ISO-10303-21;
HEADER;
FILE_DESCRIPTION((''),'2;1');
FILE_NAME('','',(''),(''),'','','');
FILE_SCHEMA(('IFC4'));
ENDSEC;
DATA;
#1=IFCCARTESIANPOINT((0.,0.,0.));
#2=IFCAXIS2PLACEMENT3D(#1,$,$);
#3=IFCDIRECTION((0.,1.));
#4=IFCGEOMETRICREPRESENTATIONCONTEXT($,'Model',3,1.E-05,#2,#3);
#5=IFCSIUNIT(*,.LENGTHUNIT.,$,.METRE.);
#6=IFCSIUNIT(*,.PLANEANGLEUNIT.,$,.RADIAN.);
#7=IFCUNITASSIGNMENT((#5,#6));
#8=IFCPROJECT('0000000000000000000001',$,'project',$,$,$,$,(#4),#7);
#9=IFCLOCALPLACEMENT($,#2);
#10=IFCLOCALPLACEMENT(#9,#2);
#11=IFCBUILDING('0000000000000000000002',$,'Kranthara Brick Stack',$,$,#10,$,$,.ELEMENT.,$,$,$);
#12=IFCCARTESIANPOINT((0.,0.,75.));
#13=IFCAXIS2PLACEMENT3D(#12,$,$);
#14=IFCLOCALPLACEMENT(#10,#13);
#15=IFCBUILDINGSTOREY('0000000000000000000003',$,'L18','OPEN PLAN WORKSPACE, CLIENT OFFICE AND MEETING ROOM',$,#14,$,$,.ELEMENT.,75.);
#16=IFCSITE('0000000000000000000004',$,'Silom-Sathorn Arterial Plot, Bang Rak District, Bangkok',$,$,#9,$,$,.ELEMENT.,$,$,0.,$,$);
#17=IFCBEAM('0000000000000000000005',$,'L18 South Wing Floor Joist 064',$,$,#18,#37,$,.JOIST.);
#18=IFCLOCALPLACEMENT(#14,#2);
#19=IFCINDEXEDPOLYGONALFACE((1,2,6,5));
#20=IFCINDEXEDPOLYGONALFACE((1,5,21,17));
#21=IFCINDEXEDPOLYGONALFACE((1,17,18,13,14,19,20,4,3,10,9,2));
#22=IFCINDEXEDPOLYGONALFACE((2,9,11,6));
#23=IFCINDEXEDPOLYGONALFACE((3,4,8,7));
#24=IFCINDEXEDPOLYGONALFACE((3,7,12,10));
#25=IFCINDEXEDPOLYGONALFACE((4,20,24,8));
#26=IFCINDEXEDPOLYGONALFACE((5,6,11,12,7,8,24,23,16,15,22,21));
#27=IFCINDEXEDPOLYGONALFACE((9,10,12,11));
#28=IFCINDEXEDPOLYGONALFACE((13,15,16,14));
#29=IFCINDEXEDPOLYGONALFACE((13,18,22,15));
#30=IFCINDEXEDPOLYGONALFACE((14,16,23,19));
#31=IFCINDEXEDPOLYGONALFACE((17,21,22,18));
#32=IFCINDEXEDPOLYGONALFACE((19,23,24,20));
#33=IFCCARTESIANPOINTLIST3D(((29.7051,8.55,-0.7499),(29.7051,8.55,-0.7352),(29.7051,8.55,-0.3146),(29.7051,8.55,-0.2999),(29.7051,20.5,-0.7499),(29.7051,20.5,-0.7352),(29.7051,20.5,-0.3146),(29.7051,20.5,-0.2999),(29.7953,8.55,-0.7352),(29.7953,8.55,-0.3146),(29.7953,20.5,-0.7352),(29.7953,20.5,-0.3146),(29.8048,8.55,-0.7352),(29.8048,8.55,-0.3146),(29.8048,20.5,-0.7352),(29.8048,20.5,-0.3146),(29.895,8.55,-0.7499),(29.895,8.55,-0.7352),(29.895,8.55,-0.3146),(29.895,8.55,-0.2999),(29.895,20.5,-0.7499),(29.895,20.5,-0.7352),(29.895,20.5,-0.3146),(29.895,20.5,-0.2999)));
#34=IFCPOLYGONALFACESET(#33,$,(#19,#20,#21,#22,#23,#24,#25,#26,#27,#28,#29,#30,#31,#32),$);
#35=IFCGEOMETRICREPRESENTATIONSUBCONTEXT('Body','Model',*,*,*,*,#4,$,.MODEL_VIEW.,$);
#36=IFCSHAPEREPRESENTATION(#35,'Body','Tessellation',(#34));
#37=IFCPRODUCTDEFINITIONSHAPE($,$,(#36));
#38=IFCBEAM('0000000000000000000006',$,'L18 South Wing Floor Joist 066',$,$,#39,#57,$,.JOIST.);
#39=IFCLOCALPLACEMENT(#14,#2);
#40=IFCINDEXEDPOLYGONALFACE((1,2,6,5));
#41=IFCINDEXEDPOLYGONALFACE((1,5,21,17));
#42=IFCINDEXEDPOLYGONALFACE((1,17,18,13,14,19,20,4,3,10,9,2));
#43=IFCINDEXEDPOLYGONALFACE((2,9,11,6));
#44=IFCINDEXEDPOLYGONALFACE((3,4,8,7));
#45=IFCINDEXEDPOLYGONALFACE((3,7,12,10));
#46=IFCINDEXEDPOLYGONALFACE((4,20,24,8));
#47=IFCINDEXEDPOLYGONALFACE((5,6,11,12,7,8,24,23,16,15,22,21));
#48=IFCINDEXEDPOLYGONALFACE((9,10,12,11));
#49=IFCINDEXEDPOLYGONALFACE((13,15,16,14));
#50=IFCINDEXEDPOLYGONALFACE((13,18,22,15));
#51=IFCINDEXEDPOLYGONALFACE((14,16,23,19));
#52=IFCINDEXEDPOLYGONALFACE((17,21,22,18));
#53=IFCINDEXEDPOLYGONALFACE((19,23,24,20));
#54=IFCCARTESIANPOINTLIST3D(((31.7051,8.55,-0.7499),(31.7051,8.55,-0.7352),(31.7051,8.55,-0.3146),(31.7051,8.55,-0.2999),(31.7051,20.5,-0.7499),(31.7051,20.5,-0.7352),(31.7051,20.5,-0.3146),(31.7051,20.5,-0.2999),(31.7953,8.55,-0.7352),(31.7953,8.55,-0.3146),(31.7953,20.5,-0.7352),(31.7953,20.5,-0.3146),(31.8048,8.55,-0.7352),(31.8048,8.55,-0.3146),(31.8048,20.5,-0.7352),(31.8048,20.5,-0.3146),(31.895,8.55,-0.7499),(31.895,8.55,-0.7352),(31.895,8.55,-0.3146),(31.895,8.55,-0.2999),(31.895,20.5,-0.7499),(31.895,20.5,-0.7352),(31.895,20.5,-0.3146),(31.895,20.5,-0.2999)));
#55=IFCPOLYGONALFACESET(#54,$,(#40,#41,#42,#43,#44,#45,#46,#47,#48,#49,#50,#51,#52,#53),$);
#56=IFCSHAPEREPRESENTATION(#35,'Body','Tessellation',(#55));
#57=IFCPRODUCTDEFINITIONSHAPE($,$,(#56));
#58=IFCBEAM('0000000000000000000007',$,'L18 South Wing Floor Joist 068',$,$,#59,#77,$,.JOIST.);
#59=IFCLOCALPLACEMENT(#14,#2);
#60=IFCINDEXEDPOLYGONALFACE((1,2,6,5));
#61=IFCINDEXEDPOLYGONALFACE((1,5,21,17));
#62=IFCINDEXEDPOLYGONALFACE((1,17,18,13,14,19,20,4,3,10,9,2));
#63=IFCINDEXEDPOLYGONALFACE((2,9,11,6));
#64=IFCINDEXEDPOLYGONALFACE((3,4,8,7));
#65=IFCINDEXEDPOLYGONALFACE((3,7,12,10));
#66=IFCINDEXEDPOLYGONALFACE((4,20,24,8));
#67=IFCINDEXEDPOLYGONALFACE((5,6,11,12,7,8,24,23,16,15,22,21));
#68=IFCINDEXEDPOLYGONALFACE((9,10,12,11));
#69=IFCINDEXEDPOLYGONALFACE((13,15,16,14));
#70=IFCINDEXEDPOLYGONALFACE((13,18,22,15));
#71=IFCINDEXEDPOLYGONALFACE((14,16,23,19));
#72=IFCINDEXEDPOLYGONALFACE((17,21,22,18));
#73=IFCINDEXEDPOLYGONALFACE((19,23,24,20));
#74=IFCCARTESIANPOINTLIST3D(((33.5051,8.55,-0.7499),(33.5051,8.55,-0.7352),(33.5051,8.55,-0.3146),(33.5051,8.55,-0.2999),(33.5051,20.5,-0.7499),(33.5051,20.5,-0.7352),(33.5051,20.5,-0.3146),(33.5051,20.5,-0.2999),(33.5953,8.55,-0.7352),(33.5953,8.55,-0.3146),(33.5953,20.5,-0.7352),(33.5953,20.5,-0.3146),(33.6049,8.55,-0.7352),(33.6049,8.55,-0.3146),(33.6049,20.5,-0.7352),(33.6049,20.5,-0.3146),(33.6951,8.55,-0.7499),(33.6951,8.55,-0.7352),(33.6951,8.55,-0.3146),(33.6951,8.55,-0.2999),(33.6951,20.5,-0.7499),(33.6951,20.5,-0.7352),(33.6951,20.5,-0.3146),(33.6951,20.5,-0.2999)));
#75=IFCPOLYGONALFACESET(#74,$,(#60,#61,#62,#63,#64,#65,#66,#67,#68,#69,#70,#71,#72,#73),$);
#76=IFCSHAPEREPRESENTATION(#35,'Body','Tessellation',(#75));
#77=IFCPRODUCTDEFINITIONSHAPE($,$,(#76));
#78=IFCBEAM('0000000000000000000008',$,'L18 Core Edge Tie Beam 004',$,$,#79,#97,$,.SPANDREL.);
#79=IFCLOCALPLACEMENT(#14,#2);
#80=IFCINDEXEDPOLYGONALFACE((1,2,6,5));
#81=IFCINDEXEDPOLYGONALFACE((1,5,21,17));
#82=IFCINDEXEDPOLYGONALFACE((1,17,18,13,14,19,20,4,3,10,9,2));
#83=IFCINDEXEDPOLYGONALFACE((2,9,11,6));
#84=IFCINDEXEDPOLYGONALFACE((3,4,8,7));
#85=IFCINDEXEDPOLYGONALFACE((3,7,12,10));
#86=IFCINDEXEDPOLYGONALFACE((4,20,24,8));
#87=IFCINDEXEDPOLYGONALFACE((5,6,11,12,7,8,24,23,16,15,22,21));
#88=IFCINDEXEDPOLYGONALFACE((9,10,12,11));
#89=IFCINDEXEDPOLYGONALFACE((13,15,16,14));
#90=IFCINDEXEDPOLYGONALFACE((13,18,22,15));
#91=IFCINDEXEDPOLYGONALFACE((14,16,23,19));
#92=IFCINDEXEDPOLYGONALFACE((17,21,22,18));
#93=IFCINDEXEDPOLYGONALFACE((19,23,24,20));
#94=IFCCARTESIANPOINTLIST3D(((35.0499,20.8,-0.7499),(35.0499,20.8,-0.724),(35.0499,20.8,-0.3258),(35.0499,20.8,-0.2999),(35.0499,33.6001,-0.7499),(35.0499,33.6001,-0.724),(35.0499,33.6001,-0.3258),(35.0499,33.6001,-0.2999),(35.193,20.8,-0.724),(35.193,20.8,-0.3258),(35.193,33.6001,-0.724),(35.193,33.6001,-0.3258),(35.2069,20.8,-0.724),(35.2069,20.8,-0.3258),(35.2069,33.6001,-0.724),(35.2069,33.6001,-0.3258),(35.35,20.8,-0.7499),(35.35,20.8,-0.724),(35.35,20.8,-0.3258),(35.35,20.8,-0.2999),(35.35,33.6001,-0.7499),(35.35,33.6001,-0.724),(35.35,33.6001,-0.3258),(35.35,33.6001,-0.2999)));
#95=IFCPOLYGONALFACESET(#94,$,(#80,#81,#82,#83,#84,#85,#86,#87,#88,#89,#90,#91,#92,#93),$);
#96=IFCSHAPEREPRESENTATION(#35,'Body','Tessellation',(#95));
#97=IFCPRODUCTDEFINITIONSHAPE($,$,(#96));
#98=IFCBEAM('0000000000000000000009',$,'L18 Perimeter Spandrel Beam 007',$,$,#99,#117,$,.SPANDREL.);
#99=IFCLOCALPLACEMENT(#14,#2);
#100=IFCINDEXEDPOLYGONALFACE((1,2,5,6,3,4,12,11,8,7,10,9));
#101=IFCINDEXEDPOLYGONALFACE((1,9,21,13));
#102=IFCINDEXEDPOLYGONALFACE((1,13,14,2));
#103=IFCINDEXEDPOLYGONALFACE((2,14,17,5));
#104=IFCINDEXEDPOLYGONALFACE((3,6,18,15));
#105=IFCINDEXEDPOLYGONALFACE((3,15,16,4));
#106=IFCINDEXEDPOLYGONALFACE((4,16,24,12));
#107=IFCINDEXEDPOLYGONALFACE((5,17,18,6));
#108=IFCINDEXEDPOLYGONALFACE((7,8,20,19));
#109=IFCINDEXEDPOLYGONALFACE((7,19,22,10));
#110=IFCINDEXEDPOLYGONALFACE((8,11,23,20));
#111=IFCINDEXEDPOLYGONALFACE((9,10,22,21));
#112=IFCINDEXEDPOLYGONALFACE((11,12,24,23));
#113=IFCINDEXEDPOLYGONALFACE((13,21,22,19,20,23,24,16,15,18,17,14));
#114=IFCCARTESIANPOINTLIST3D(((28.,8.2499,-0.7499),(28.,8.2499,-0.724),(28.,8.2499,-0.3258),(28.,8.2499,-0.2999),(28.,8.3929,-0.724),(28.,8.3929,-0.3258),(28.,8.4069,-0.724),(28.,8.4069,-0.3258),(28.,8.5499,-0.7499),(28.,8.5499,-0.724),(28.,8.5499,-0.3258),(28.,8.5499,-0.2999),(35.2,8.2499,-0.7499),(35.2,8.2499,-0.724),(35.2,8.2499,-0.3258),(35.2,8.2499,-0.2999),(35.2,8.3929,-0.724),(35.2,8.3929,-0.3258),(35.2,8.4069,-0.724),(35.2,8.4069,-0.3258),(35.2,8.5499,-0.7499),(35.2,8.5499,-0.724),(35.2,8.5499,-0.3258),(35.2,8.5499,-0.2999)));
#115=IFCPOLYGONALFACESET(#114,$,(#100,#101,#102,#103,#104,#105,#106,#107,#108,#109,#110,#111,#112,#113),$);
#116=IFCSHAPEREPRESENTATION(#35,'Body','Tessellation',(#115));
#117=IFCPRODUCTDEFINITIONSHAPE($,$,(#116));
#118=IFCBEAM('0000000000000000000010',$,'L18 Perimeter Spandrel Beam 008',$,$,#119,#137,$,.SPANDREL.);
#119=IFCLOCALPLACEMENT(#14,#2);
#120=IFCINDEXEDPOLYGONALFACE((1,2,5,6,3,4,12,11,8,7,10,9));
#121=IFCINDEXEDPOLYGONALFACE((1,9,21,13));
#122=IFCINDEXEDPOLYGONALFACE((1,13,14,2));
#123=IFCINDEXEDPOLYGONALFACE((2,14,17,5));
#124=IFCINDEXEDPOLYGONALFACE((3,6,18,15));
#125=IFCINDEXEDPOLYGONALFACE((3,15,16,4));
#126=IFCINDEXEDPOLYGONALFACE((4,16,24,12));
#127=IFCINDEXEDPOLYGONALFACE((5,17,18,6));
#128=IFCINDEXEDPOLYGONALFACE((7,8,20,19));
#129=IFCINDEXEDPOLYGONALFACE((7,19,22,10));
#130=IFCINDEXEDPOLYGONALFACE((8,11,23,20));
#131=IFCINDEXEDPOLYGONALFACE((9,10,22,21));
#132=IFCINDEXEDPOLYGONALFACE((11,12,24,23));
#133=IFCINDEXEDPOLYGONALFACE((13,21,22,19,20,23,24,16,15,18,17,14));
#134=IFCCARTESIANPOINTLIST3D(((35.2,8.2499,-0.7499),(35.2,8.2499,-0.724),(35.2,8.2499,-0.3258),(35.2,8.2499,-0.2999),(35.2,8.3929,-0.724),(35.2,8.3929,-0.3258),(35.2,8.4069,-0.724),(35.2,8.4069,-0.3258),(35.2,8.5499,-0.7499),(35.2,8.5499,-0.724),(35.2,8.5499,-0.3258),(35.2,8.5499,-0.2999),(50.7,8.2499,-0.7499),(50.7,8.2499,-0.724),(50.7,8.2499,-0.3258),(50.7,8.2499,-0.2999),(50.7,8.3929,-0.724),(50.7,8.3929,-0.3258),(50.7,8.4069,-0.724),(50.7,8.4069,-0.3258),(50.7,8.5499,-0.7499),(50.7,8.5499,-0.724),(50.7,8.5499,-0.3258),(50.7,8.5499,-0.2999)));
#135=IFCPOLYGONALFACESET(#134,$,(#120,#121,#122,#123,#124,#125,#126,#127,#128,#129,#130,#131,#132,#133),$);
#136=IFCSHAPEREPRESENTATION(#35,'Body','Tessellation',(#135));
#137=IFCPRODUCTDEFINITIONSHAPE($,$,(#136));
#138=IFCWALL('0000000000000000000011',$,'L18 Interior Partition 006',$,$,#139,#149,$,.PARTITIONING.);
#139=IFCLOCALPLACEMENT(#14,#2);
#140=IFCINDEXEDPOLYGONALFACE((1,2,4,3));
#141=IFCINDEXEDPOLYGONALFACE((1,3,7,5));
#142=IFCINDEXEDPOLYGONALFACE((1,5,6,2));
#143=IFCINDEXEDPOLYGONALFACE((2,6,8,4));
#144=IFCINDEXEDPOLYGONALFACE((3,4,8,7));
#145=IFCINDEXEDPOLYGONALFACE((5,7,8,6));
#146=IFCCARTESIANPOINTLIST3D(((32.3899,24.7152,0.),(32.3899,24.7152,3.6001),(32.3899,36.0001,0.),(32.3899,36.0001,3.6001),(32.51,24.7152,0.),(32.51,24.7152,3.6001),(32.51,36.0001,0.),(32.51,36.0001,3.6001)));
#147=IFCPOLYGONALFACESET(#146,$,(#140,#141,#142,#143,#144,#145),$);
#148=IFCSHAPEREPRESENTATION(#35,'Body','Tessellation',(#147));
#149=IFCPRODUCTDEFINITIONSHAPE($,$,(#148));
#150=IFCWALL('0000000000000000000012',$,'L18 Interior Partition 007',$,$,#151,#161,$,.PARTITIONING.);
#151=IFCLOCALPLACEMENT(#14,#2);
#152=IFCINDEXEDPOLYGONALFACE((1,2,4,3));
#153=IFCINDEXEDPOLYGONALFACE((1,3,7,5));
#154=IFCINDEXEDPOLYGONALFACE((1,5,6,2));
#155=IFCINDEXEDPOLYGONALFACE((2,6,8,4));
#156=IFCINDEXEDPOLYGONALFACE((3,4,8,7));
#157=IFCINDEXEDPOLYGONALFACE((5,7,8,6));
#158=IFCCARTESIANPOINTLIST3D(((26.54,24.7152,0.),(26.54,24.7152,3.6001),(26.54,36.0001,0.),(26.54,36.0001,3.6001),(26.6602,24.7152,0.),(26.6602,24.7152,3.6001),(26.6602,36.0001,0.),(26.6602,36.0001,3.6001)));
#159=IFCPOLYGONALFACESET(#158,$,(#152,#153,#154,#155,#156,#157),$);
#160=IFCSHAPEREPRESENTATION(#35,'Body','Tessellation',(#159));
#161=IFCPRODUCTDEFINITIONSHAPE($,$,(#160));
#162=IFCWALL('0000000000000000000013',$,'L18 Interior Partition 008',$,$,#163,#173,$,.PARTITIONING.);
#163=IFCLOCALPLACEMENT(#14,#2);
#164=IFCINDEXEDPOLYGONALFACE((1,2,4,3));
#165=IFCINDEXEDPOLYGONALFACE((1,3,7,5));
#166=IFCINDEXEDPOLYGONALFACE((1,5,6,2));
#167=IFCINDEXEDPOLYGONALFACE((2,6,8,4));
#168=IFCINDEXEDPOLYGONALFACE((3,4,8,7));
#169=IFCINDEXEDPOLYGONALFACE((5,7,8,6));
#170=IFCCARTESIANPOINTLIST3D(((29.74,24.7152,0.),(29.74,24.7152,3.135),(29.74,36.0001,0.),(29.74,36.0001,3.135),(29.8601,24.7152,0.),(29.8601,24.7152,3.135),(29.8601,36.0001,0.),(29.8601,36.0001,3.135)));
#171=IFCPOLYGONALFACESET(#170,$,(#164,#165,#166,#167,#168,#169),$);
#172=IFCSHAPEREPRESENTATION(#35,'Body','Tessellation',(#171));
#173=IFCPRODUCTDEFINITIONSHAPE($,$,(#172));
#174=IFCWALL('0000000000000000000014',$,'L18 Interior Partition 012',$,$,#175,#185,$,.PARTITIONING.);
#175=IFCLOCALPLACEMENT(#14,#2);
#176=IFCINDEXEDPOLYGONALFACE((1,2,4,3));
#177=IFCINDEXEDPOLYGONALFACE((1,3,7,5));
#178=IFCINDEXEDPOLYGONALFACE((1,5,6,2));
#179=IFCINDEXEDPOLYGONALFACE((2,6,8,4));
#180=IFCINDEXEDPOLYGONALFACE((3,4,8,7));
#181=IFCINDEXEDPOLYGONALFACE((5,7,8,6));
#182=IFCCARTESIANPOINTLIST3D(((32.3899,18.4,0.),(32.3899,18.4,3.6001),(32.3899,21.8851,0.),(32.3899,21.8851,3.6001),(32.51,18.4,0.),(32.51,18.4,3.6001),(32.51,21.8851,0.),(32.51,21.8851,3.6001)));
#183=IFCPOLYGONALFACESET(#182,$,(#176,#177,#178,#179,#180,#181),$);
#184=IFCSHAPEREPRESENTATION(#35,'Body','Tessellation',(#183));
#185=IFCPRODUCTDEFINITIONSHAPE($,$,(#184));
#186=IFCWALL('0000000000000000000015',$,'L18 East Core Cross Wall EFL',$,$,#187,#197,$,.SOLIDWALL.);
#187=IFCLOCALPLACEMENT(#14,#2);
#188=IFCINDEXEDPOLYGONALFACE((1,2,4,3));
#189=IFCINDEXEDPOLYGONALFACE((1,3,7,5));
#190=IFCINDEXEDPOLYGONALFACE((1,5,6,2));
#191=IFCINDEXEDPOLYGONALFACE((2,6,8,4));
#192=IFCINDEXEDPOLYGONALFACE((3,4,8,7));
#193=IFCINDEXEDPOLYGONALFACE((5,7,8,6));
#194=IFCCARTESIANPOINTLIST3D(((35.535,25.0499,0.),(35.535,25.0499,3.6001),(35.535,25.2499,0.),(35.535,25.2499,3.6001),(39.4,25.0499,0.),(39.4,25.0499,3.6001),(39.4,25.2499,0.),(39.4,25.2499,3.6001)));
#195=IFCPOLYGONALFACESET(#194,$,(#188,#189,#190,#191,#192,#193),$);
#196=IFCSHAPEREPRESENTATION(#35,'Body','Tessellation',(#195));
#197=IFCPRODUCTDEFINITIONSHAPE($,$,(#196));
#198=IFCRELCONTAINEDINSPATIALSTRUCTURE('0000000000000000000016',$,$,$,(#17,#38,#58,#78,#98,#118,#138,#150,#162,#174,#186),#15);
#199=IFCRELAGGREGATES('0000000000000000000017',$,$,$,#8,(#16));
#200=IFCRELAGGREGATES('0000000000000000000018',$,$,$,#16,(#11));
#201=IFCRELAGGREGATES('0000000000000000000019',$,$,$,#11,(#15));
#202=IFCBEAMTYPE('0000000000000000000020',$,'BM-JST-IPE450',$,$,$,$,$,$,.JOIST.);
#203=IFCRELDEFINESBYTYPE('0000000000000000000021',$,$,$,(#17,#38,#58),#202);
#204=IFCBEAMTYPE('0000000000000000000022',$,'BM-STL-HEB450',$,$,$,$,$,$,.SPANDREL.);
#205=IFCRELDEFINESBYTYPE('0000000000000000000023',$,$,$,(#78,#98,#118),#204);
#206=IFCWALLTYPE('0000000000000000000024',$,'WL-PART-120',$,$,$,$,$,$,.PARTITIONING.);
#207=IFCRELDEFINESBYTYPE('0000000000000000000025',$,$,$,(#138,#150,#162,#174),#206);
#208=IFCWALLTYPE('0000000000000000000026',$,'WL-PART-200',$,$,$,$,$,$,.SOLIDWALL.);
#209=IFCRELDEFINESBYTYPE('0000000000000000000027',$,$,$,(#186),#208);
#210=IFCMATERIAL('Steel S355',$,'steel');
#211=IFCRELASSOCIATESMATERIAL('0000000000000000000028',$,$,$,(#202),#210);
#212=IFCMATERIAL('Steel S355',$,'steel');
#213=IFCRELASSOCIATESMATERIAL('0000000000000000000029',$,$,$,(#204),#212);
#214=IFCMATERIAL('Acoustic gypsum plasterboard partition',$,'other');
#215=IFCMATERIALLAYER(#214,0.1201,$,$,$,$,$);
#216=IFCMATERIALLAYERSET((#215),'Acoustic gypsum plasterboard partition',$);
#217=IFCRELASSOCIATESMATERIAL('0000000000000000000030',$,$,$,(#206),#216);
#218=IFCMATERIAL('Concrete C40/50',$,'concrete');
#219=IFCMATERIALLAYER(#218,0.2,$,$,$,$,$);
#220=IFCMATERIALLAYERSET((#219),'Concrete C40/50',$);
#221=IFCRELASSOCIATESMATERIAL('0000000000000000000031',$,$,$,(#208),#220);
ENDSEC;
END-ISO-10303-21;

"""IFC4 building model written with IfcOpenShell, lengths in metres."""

from ifc_helpers import new_model, si_unit, direction, frame, frame_2d, origin, origin_2d, place, context, subcontext, project, spatial, rectangle, i_section, extrude, material, layer, layer_set, material_profile, profile_set, type_object, element, save


model = new_model("IFC4")

# Units and contexts
model_context = context("Model", 3, precision=1e-05, world=origin(), true_north=direction((0.0, 1.0)))
body_context = subcontext(model_context, "Body", "Model", "MODEL_VIEW")
ifc_project = project(units=[si_unit("LENGTHUNIT", "METRE"), si_unit("PLANEANGLEUNIT", "RADIAN")], contexts=[model_context])

# Site, building, storey
site_placement = place(None, origin())
site = spatial("IfcSite", under=ifc_project, at=site_placement, Name="Silom-Sathorn Arterial Plot, Bang Rak District, Bangkok", CompositionType="ELEMENT", RefElevation=0.0)
building_placement = place(site_placement, origin())
building = spatial("IfcBuilding", under=site, at=building_placement, Name="Kranthara Brick Stack", CompositionType="ELEMENT")
storey_placement = place(building_placement, frame((0.0, 0.0, 75.0)))
storey = spatial("IfcBuildingStorey", under=building, at=storey_placement, Name="L18", Description="OPEN PLAN WORKSPACE, CLIENT OFFICE AND MEETING ROOM", CompositionType="ELEMENT", Elevation=75.0)

# Beams
ifc_material_1 = material(Name="Steel S355", Category="steel")
ifc_material_profile_1 = material_profile(ifc_material_1, i_section(OverallWidth=0.1899, OverallDepth=0.45, WebThickness=0.0095, FlangeThickness=0.0146, at=origin_2d()), Name="IPE 450")
ifc_profile_set_1 = profile_set([ifc_material_profile_1], Name="Steel S355")
beam_type_1 = type_object("IfcBeamType", Name="BM-JST-IPE450", PredefinedType="JOIST", material=ifc_profile_set_1)
for number, where, z_axis, x_axis, name in (
    (1, (29.8, 8.55, -0.5249), (0.0, 1.0, 0.0), (-1.0, 0.0, 0.0), "L18 South Wing Floor Joist 064"),
    (2, (31.8, 8.55, -0.5249), (0.0, 1.0, 0.0), (-1.0, 0.0, 0.0), "L18 South Wing Floor Joist 066"),
    (3, (33.6001, 8.55, -0.5249), (0.0, 1.0, 0.0), (-1.0, 0.0, 0.0), "L18 South Wing Floor Joist 068"),
):
    element("IfcBeam", number, at=place(storey_placement, frame(where, z_axis=z_axis, x_axis=x_axis)), inside=storey, type_object=beam_type_1, Name=name, PredefinedType="JOIST", context=body_context, shape_type="SweptSolid", body=[
        extrude(i_section(OverallWidth=0.1899, OverallDepth=0.45, WebThickness=0.0095, FlangeThickness=0.0146, at=origin_2d()), origin(), (0.0, 0.0, 1.0), 11.95),
    ])
ifc_material_2 = material(Name="Steel S355", Category="steel")
ifc_material_profile_2 = material_profile(ifc_material_2, i_section(OverallWidth=0.3, OverallDepth=0.45, WebThickness=0.0139, FlangeThickness=0.0259, at=origin_2d()), Name="HEB 450")
ifc_profile_set_2 = profile_set([ifc_material_profile_2], Name="Steel S355")
beam_type_2 = type_object("IfcBeamType", Name="BM-STL-HEB450", PredefinedType="SPANDREL", material=ifc_profile_set_2)
beam_1_placement = place(storey_placement, frame((35.2, 20.8, -0.5249), z_axis=(0.0, 1.0, 0.0), x_axis=(-1.0, 0.0, 0.0)))
element("IfcBeam", 4, at=beam_1_placement, inside=storey, type_object=beam_type_2, Name="L18 Core Edge Tie Beam 004", PredefinedType="SPANDREL", context=body_context, shape_type="SweptSolid", body=[
    extrude(i_section(OverallWidth=0.3, OverallDepth=0.45, WebThickness=0.0139, FlangeThickness=0.0259, at=origin_2d()), origin(), (0.0, 0.0, 1.0), 12.8),
])
beam_2_placement = place(storey_placement, frame((28.0, 8.3999, -0.5249), z_axis=(1.0, 0.0, 0.0), x_axis=(0.0, 1.0, 0.0)))
element("IfcBeam", 5, at=beam_2_placement, inside=storey, type_object=beam_type_2, Name="L18 Perimeter Spandrel Beam 007", PredefinedType="SPANDREL", context=body_context, shape_type="SweptSolid", body=[
    extrude(i_section(OverallWidth=0.3, OverallDepth=0.45, WebThickness=0.0139, FlangeThickness=0.0259, at=origin_2d()), origin(), (0.0, 0.0, 1.0), 7.2),
])
beam_3_placement = place(storey_placement, frame((35.2, 8.3999, -0.5249), z_axis=(1.0, 0.0, 0.0), x_axis=(0.0, 1.0, 0.0)))
element("IfcBeam", 6, at=beam_3_placement, inside=storey, type_object=beam_type_2, Name="L18 Perimeter Spandrel Beam 008", PredefinedType="SPANDREL", context=body_context, shape_type="SweptSolid", body=[
    extrude(i_section(OverallWidth=0.3, OverallDepth=0.45, WebThickness=0.0139, FlangeThickness=0.0259, at=origin_2d()), origin(), (0.0, 0.0, 1.0), 15.5),
])

# Walls
ifc_material_3 = material(Name="Acoustic gypsum plasterboard partition", Category="other")
ifc_layer_1 = layer(ifc_material_3, 0.1201)
ifc_layer_set_1 = layer_set([ifc_layer_1], Name="Acoustic gypsum plasterboard partition")
wall_type_1 = type_object("IfcWallType", Name="WL-PART-120", PredefinedType="PARTITIONING", material=ifc_layer_set_1)
for number, where, z_axis, x_axis, name in (
    (7, (32.45, 24.7151, 0.0), (0.0, 0.0, 1.0), (0.0, 1.0, 0.0), "L18 Interior Partition 006"),
    (8, (26.6001, 24.7151, 0.0), (0.0, 0.0, 1.0), (0.0, 1.0, 0.0), "L18 Interior Partition 007"),
):
    element("IfcWall", number, at=place(storey_placement, frame(where, z_axis=z_axis, x_axis=x_axis)), inside=storey, type_object=wall_type_1, Name=name, PredefinedType="PARTITIONING", context=body_context, shape_type="SweptSolid", body=[
        extrude(rectangle(XDim=11.2849, YDim=0.1201, at=frame_2d((5.6426, 0.0))), origin(), (0.0, 0.0, 1.0), 3.6001),
    ])
wall_1_placement = place(storey_placement, frame((29.8, 24.7151, 0.0), z_axis=(0.0, 0.0, 1.0), x_axis=(0.0, 1.0, 0.0)))
element("IfcWall", 9, at=wall_1_placement, inside=storey, type_object=wall_type_1, Name="L18 Interior Partition 008", PredefinedType="PARTITIONING", context=body_context, shape_type="SweptSolid", body=[
    extrude(rectangle(XDim=11.2849, YDim=0.1201, at=frame_2d((5.6426, 0.0))), origin(), (0.0, 0.0, 1.0), 3.135),
])
wall_2_placement = place(storey_placement, frame((32.45, 18.3999, 0.0), z_axis=(0.0, 0.0, 1.0), x_axis=(0.0, 1.0, 0.0)))
element("IfcWall", 10, at=wall_2_placement, inside=storey, type_object=wall_type_1, Name="L18 Interior Partition 012", PredefinedType="PARTITIONING", context=body_context, shape_type="SweptSolid", body=[
    extrude(rectangle(XDim=3.4851, YDim=0.1201, at=frame_2d((1.7427, 0.0))), origin(), (0.0, 0.0, 1.0), 3.6001),
])
ifc_material_4 = material(Name="Concrete C40/50", Category="concrete")
ifc_layer_2 = layer(ifc_material_4, 0.2)
ifc_layer_set_2 = layer_set([ifc_layer_2], Name="Concrete C40/50")
wall_type_2 = type_object("IfcWallType", Name="WL-PART-200", PredefinedType="SOLIDWALL", material=ifc_layer_set_2)
wall_3_placement = place(storey_placement, frame((35.5349, 25.1499, 0.0), z_axis=(0.0, 0.0, 1.0), x_axis=(1.0, 0.0, 0.0)))
element("IfcWall", 11, at=wall_3_placement, inside=storey, type_object=wall_type_2, Name="L18 East Core Cross Wall EFL", PredefinedType="SOLIDWALL", context=body_context, shape_type="SweptSolid", body=[
    extrude(rectangle(XDim=3.865, YDim=0.2, at=frame_2d((1.9326, 0.0))), origin(), (0.0, 0.0, 1.0), 3.6001),
])

save(model, "model.ifc")
